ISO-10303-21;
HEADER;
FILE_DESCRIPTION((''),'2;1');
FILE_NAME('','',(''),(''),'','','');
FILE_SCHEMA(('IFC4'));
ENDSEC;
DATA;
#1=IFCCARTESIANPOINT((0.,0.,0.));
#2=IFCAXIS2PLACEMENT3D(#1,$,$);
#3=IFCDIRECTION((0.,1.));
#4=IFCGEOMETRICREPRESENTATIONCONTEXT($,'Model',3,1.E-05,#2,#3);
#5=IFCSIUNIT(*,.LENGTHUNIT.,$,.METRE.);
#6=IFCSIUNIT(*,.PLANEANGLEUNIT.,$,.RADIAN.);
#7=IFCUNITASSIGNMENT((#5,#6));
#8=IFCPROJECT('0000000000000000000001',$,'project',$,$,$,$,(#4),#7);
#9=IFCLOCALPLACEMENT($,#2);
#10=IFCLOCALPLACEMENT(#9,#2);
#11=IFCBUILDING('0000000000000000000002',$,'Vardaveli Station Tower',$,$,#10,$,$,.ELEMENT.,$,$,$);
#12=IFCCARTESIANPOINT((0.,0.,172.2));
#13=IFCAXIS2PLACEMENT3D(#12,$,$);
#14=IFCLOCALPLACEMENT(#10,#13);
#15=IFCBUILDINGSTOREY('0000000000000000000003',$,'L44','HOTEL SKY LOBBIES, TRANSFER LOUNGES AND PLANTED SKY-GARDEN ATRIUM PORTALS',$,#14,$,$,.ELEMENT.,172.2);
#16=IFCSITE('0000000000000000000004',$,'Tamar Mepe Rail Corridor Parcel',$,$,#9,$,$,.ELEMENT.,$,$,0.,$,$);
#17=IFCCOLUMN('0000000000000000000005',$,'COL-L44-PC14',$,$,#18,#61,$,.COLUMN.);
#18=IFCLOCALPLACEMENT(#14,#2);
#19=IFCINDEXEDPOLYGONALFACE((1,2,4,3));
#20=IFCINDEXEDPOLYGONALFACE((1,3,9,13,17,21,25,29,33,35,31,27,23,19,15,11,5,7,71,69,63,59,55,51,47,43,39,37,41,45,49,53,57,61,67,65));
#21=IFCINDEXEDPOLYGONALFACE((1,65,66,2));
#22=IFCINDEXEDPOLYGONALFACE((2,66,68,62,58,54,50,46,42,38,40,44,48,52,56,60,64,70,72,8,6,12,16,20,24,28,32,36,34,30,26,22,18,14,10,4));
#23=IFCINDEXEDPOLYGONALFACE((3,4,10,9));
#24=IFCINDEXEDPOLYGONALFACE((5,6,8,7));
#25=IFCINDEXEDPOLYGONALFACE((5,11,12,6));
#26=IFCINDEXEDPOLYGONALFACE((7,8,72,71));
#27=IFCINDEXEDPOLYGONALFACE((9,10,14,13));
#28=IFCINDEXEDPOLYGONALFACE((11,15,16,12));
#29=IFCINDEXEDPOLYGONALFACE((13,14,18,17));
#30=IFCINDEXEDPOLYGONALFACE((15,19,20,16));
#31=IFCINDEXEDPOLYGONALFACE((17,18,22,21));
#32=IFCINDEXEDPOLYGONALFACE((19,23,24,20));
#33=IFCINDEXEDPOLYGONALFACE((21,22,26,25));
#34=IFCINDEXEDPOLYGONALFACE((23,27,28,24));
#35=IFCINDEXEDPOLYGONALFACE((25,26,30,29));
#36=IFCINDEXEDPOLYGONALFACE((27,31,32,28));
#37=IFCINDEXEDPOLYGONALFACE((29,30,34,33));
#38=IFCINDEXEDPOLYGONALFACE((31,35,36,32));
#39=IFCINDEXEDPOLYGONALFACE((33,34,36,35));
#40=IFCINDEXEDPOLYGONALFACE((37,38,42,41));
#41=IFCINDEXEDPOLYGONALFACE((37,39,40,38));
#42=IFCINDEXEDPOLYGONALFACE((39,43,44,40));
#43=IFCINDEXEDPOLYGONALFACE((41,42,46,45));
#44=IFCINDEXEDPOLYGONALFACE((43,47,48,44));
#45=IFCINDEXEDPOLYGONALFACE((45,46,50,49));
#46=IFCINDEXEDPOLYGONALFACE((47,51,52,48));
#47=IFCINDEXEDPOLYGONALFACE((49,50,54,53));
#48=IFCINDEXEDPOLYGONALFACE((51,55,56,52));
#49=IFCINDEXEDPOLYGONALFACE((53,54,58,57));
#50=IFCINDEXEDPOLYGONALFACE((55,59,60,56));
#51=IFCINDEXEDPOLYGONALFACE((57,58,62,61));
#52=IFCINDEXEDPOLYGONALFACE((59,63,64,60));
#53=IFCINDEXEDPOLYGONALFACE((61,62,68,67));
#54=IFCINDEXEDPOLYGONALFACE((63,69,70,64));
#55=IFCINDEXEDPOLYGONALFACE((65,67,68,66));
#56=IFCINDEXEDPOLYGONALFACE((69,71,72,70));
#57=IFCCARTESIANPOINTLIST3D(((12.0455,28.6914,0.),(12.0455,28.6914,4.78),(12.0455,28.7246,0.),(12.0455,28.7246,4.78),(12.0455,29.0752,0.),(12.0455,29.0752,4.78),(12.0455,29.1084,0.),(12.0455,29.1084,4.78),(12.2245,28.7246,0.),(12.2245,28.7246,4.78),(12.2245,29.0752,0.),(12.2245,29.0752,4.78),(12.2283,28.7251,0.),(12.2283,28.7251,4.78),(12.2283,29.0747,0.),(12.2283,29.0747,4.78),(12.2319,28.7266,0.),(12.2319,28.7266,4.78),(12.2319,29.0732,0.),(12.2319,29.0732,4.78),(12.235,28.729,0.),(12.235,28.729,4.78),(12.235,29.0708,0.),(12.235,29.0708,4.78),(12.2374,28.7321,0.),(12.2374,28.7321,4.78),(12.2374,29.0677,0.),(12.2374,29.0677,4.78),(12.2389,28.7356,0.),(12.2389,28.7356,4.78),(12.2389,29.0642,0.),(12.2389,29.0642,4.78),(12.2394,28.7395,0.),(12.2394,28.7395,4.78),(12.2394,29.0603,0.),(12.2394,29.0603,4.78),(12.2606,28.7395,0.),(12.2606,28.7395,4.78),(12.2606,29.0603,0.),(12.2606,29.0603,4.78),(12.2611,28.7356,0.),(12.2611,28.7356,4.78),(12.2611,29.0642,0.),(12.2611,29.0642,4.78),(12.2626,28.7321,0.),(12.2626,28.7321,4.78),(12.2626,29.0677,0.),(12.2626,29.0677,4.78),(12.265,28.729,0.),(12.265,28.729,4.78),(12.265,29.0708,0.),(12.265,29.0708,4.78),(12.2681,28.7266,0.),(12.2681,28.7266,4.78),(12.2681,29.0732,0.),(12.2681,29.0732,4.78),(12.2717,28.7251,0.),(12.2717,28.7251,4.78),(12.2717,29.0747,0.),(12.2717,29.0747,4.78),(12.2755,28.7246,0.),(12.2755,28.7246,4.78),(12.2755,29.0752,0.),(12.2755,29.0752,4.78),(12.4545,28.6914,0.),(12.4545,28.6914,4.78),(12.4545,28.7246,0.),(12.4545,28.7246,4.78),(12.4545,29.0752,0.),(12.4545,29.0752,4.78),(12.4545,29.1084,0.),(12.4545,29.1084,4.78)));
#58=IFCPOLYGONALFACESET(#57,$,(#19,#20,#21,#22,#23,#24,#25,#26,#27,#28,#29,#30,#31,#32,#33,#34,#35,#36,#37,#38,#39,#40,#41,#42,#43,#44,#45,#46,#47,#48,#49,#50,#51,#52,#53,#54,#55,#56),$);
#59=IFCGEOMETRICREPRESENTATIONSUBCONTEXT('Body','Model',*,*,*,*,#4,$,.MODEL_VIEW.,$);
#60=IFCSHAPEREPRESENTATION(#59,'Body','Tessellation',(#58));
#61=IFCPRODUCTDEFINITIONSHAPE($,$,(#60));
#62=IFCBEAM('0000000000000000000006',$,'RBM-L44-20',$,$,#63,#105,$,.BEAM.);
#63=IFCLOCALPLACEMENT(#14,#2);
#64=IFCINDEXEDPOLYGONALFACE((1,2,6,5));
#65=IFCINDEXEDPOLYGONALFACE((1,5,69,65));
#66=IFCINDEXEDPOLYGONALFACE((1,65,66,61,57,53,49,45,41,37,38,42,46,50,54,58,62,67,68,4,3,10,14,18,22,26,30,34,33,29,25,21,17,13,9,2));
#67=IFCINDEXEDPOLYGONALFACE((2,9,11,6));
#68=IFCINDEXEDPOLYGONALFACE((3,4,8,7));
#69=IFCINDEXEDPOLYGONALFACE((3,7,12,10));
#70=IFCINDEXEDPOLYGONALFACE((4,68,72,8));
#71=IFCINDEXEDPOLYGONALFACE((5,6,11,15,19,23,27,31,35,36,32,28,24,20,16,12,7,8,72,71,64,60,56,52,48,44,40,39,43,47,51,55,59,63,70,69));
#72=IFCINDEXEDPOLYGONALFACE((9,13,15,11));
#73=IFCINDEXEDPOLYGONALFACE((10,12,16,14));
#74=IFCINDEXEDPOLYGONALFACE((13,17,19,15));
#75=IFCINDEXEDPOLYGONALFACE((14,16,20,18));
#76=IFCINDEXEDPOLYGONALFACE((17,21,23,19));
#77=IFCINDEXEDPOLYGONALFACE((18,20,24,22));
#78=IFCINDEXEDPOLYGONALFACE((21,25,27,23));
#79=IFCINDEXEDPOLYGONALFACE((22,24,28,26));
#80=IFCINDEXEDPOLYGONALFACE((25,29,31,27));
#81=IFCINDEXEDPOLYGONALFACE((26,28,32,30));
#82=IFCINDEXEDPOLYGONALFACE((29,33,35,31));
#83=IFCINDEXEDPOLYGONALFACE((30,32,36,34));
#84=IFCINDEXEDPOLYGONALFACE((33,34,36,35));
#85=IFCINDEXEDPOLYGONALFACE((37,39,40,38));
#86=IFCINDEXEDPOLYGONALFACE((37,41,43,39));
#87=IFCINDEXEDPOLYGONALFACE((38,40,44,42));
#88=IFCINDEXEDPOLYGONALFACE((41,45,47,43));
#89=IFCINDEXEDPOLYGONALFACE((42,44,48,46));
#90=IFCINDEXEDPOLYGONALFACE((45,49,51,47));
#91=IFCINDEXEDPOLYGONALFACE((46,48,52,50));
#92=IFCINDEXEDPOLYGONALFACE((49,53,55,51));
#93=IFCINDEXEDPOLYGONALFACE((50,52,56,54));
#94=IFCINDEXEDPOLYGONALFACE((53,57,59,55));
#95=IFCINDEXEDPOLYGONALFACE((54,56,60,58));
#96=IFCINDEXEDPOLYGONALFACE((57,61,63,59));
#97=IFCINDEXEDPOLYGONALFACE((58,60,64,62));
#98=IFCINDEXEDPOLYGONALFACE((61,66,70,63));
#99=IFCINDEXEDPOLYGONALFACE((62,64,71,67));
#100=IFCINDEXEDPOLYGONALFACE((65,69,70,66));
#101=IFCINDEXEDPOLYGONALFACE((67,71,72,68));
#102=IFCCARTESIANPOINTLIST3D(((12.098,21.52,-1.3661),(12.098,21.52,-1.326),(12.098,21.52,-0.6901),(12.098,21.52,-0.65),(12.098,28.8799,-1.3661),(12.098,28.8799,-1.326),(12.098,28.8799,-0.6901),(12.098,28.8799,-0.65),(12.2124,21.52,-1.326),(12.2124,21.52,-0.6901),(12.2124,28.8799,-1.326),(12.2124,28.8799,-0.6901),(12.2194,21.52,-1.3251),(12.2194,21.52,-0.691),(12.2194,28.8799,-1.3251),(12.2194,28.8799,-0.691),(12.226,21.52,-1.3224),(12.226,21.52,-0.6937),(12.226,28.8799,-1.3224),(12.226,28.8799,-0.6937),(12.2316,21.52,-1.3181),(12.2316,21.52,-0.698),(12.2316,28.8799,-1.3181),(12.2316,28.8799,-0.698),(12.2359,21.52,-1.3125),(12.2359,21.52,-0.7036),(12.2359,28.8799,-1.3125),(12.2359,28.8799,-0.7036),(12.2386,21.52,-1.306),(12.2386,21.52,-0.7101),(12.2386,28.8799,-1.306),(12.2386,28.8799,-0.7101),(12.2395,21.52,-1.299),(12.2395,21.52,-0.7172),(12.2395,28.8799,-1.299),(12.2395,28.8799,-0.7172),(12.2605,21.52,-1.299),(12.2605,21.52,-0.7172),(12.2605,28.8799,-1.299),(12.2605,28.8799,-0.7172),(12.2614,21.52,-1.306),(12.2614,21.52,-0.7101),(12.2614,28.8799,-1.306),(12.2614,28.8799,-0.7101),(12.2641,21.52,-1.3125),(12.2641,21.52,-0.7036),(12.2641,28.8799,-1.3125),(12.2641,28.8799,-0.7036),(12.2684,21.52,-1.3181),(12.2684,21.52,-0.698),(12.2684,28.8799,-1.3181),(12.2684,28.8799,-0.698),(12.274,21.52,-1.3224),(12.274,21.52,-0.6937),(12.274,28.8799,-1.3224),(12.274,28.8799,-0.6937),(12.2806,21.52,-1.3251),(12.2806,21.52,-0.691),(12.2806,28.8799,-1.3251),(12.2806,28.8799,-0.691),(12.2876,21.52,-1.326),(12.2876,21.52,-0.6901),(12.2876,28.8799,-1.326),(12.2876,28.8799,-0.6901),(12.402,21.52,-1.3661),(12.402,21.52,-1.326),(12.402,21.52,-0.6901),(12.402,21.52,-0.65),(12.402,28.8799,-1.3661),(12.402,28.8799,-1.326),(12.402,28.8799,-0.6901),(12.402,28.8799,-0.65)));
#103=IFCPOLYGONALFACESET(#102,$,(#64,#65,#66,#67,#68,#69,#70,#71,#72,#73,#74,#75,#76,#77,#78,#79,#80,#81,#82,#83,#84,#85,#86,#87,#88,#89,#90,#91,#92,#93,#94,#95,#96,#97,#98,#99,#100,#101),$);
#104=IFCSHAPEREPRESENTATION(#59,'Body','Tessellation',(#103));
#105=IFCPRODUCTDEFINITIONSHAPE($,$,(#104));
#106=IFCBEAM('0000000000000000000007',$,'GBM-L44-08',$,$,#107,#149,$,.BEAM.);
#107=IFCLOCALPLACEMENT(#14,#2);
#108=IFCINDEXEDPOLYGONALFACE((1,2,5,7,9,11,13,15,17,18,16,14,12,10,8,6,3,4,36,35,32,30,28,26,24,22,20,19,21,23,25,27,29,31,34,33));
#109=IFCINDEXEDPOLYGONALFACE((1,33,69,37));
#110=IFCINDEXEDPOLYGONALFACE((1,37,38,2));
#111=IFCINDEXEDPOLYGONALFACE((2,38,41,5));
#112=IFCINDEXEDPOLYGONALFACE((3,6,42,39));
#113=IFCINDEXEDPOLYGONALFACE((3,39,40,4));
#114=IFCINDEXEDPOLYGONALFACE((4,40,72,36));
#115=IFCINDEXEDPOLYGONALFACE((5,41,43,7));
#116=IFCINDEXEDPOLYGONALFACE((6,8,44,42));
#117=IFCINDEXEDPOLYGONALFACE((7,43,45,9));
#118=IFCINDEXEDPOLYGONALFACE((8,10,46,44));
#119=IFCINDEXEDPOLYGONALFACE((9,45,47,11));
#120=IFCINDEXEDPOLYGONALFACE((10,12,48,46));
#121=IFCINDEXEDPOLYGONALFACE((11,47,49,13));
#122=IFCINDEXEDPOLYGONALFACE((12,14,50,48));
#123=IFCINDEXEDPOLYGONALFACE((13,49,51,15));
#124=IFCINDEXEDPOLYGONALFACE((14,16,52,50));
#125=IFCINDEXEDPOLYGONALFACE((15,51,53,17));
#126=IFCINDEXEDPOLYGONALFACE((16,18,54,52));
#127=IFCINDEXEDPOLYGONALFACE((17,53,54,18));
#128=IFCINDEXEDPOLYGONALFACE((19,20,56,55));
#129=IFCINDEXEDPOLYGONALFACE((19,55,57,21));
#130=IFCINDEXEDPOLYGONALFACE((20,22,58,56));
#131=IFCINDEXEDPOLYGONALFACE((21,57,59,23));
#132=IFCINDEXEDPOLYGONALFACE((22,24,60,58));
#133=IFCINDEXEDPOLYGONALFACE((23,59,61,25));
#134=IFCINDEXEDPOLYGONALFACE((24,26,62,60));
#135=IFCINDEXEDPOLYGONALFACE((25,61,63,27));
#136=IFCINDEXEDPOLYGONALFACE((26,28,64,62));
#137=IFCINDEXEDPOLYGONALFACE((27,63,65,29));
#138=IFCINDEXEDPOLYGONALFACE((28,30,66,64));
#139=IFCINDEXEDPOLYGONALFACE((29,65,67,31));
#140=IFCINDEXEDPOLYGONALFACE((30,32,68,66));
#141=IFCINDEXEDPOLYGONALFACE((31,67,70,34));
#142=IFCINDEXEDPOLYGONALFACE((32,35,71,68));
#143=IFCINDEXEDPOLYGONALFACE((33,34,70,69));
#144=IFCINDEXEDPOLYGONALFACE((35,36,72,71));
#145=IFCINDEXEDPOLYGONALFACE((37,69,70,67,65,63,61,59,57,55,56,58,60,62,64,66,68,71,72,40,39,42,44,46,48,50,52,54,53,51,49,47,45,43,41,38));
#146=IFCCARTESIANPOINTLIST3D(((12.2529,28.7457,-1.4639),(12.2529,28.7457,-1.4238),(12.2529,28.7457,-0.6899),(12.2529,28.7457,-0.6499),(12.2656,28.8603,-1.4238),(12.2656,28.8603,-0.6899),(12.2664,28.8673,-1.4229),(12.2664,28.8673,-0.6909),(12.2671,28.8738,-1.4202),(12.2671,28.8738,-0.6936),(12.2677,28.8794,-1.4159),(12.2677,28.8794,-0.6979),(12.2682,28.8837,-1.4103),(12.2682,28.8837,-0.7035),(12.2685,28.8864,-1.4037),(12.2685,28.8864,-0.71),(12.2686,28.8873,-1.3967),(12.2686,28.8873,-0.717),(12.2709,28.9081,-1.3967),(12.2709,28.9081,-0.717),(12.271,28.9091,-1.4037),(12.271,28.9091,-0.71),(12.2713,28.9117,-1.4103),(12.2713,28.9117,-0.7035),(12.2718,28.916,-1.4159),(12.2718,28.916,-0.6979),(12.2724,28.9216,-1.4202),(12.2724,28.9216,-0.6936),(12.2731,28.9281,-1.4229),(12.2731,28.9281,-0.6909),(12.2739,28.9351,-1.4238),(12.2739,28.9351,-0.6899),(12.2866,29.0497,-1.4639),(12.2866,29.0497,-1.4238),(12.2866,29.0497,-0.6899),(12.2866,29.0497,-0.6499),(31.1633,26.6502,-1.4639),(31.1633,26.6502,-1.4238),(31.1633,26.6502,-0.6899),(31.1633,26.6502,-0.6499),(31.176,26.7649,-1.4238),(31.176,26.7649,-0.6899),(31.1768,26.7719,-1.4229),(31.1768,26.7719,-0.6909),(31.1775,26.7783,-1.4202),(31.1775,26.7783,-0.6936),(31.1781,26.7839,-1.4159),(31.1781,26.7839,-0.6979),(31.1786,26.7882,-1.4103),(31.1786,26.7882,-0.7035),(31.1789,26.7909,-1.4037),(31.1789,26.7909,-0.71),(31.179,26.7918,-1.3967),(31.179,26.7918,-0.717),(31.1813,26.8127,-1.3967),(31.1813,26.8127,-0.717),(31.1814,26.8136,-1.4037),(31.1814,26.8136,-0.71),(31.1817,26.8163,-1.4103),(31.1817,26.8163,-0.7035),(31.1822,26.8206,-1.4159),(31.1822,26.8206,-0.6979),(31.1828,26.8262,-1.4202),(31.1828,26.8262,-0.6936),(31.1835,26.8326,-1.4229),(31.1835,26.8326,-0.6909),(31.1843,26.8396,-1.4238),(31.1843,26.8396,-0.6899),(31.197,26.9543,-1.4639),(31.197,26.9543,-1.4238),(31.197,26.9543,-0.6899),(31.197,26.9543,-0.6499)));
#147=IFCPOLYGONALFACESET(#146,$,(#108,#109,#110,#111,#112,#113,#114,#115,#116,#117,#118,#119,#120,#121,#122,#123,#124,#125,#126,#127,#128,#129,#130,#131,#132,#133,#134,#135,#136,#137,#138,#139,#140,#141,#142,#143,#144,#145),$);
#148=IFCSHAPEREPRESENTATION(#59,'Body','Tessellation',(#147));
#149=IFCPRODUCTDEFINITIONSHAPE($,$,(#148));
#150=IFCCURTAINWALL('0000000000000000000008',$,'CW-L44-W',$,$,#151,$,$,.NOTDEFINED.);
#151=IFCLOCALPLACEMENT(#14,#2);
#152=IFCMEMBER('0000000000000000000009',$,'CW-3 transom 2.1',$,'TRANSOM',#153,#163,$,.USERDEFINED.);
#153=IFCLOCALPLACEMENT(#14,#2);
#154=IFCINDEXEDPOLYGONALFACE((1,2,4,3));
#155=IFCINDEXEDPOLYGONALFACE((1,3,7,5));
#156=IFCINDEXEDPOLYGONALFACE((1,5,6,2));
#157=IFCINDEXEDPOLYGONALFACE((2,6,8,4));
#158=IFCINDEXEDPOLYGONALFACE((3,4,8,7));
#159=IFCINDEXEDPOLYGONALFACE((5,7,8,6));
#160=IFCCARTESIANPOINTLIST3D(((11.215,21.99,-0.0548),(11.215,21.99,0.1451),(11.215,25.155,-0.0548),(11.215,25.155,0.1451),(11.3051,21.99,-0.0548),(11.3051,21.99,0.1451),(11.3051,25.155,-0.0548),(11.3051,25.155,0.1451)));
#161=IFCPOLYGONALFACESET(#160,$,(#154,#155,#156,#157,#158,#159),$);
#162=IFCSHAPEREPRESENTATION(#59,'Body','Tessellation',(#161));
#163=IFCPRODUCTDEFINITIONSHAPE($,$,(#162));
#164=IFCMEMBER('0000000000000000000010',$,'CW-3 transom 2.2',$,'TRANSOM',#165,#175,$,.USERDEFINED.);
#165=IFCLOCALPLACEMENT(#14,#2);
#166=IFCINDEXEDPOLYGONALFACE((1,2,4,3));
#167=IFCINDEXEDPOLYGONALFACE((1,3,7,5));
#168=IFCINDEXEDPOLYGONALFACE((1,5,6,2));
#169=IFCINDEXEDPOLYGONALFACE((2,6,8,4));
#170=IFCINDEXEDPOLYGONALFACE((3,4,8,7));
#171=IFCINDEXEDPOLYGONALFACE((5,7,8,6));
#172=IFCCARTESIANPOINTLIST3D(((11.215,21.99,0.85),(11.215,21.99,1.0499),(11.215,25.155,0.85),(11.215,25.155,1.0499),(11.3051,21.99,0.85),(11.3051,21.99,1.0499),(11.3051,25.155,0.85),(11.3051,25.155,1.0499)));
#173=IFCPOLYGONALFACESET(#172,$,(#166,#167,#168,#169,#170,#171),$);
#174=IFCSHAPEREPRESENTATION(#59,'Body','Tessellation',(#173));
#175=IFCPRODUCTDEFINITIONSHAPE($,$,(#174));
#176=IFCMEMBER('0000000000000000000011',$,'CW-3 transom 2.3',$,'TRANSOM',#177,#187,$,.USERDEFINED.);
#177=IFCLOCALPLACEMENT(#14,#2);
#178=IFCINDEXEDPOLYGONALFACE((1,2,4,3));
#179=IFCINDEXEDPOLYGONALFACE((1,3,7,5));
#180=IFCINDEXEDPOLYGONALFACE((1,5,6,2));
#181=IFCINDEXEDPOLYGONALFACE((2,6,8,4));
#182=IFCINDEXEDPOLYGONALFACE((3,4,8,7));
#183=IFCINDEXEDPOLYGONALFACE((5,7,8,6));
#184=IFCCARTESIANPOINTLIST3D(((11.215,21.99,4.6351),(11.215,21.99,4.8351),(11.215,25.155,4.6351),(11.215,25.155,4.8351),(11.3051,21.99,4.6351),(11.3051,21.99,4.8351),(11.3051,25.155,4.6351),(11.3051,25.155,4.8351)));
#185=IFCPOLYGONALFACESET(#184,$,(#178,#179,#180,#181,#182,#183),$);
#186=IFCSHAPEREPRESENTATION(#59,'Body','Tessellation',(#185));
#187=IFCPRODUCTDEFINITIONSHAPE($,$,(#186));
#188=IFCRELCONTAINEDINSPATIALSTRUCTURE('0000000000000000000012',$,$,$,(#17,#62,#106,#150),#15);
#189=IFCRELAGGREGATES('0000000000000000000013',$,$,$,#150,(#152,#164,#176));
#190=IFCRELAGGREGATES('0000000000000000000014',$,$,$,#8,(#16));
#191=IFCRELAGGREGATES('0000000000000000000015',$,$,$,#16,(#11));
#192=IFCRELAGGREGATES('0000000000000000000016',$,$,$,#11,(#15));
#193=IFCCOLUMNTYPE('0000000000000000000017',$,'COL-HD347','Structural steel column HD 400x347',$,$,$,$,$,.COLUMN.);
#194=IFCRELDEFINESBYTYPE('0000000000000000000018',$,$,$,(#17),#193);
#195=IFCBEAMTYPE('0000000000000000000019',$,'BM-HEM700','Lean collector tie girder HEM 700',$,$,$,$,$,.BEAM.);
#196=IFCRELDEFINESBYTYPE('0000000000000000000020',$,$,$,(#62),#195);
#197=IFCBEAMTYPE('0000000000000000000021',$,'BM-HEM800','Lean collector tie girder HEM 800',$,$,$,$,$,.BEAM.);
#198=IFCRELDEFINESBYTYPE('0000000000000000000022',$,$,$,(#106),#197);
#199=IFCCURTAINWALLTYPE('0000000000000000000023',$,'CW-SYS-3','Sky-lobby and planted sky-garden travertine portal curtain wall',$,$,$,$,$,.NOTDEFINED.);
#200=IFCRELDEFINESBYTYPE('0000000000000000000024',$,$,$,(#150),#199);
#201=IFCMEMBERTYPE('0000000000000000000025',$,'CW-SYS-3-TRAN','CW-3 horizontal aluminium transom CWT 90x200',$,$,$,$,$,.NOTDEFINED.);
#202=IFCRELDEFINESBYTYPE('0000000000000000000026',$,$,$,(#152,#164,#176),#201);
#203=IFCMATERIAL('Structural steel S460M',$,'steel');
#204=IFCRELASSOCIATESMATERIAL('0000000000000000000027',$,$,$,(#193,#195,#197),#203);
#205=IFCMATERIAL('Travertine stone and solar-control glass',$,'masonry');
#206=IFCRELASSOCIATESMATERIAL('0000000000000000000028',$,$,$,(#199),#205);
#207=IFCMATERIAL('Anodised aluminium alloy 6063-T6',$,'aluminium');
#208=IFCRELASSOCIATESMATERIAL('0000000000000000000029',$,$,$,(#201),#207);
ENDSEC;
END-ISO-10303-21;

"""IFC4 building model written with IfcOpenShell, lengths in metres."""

from ifc_helpers import new_model, si_unit, direction, frame, origin, origin_2d, place, context, subcontext, project, spatial, rectangle, i_section, extrude, source, transform, mapped, material, material_profile, profile_set, type_object, element, aggregate, save


model = new_model("IFC4")

# Units and contexts
model_context = context("Model", 3, precision=1e-05, world=origin(), true_north=direction((0.0, 1.0)))
body_context = subcontext(model_context, "Body", "Model", "MODEL_VIEW")
ifc_project = project(units=[si_unit("LENGTHUNIT", "METRE"), si_unit("PLANEANGLEUNIT", "RADIAN")], contexts=[model_context])

# Site, building, storey
site_placement = place(None, origin())
site = spatial("IfcSite", under=ifc_project, at=site_placement, Name="Tamar Mepe Rail Corridor Parcel", CompositionType="ELEMENT", RefElevation=0.0)
building_placement = place(site_placement, origin())
building = spatial("IfcBuilding", under=site, at=building_placement, Name="Vardaveli Station Tower", CompositionType="ELEMENT")
storey_placement = place(building_placement, frame((0.0, 0.0, 172.2)))
storey = spatial("IfcBuildingStorey", under=building, at=storey_placement, Name="L44", Description="HOTEL SKY LOBBIES, TRANSFER LOUNGES AND PLANTED SKY-GARDEN ATRIUM PORTALS", CompositionType="ELEMENT", Elevation=172.2)

# Column
ifc_material_1 = material(Name="Structural steel S460M", Category="steel")
ifc_material_profile_1 = material_profile(ifc_material_1, i_section(OverallWidth=0.4089, OverallDepth=0.417, WebThickness=0.0212, FlangeThickness=0.0332, FilletRadius=0.0149, at=origin_2d()), Name="HD 400x347")
ifc_profile_set_1 = profile_set([ifc_material_profile_1], Name="Structural steel S460M")
column_type = type_object("IfcColumnType", Name="COL-HD347", Description="Structural steel column HD 400x347", PredefinedType="COLUMN", material=ifc_profile_set_1)
shared_shape_1 = source(origin(), body_context, "Body", "SweptSolid", [
    extrude(i_section(OverallWidth=0.4089, OverallDepth=0.417, WebThickness=0.0212, FlangeThickness=0.0332, FilletRadius=0.0149, at=origin_2d()), origin(), (0.0, 0.0, 1.0), 4.78),
])
column_placement = place(storey_placement, frame((12.25, 28.8999, 0.0), z_axis=(0.0, 0.0, 1.0), x_axis=(1.0, 0.0, 0.0)))
element("IfcColumn", 1, at=column_placement, inside=storey, type_object=column_type, Name="COL-L44-PC14", PredefinedType="COLUMN", context=body_context, shape_type="MappedRepresentation", body=[
    mapped(shared_shape_1, transform((0.0, 0.0, 0.0), scale=1.0)),
])

# Beams
ifc_material_profile_2 = material_profile(ifc_material_1, i_section(OverallWidth=0.304, OverallDepth=0.7161, WebThickness=0.021, FlangeThickness=0.04, FilletRadius=0.0271, at=origin_2d()), Name="HEM 700")
ifc_profile_set_2 = profile_set([ifc_material_profile_2], Name="Structural steel S460M")
beam_type_1 = type_object("IfcBeamType", Name="BM-HEM700", Description="Lean collector tie girder HEM 700", PredefinedType="BEAM", material=ifc_profile_set_2)
shared_shape_2 = source(origin(), body_context, "Body", "SweptSolid", [
    extrude(i_section(OverallWidth=0.304, OverallDepth=0.7161, WebThickness=0.021, FlangeThickness=0.04, FilletRadius=0.0271, at=origin_2d()), origin(), (0.0, 0.0, 1.0), 7.3599),
])
beam_1_placement = place(storey_placement, frame((12.25, 28.8799, -1.0081), z_axis=(0.0, -1.0, 0.0), x_axis=(1.0, 0.0, 0.0)))
element("IfcBeam", 2, at=beam_1_placement, inside=storey, type_object=beam_type_1, Name="RBM-L44-20", PredefinedType="BEAM", context=body_context, shape_type="MappedRepresentation", body=[
    mapped(shared_shape_2, transform((0.0, 0.0, 0.0), scale=1.0)),
])
ifc_material_profile_3 = material_profile(ifc_material_1, i_section(OverallWidth=0.3059, OverallDepth=0.814, WebThickness=0.021, FlangeThickness=0.04, FilletRadius=0.0271, at=origin_2d()), Name="HEM 800")
ifc_profile_set_3 = profile_set([ifc_material_profile_3], Name="Structural steel S460M")
beam_type_2 = type_object("IfcBeamType", Name="BM-HEM800", Description="Lean collector tie girder HEM 800", PredefinedType="BEAM", material=ifc_profile_set_3)
shared_shape_3 = source(origin(), body_context, "Body", "SweptSolid", [
    extrude(i_section(OverallWidth=0.3059, OverallDepth=0.814, WebThickness=0.021, FlangeThickness=0.04, FilletRadius=0.0271, at=origin_2d()), origin(), (0.0, 0.0, 1.0), 19.0261),
])
beam_2_placement = place(storey_placement, frame((12.2698, 28.8977, -1.0569), z_axis=(0.993917, -0.110136, 0.0), x_axis=(0.110136, 0.993917, 0.0)))
element("IfcBeam", 3, at=beam_2_placement, inside=storey, type_object=beam_type_2, Name="GBM-L44-08", PredefinedType="BEAM", context=body_context, shape_type="MappedRepresentation", body=[
    mapped(shared_shape_3, transform((0.0, 0.0, 0.0), scale=1.0)),
])

# Curtain wall, members
ifc_material_2 = material(Name="Travertine stone and solar-control glass", Category="masonry")
curtain_wall_type = type_object("IfcCurtainWallType", Name="CW-SYS-3", Description="Sky-lobby and planted sky-garden travertine portal curtain wall", PredefinedType="NOTDEFINED", material=ifc_material_2)
curtain_wall_placement = place(storey_placement, origin())
curtain_wall = element("IfcCurtainWall", 4, at=curtain_wall_placement, inside=storey, type_object=curtain_wall_type, Name="CW-L44-W", PredefinedType="NOTDEFINED")
ifc_material_3 = material(Name="Anodised aluminium alloy 6063-T6", Category="aluminium")
ifc_material_profile_4 = material_profile(ifc_material_3, rectangle(XDim=0.0901, YDim=0.2, at=origin_2d()), Name="CWT 90x200")
ifc_profile_set_4 = profile_set([ifc_material_profile_4], Name="Anodised aluminium alloy 6063-T6")
member_type_1 = type_object("IfcMemberType", Name="CW-SYS-3-TRAN", Description="CW-3 horizontal aluminium transom CWT 90x200", PredefinedType="NOTDEFINED", material=ifc_profile_set_4)
shared_shape_4 = source(origin(), body_context, "Body", "SweptSolid", [
    extrude(rectangle(XDim=0.0901, YDim=0.2, at=origin_2d()), origin(), (0.0, 0.0, 1.0), 3.165),
])
member_1_placement = place(storey_placement, frame((11.26, 25.155, 0.0452), z_axis=(0.0, -1.0, 0.0), x_axis=(1.0, 0.0, 0.0)))
member_1 = element("IfcMember", 5, at=member_1_placement, type_object=member_type_1, Name="CW-3 transom 2.1", ObjectType="TRANSOM", PredefinedType="USERDEFINED", context=body_context, shape_type="MappedRepresentation", body=[
    mapped(shared_shape_4, transform((0.0, 0.0, 0.0), scale=1.0)),
])
member_2_placement = place(storey_placement, frame((11.26, 25.155, 0.95), z_axis=(0.0, -1.0, 0.0), x_axis=(1.0, 0.0, 0.0)))
member_2 = element("IfcMember", 6, at=member_2_placement, type_object=member_type_1, Name="CW-3 transom 2.2", ObjectType="TRANSOM", PredefinedType="USERDEFINED", context=body_context, shape_type="MappedRepresentation", body=[
    mapped(shared_shape_4, transform((0.0, 0.0, 0.0), scale=1.0)),
])
member_3_placement = place(storey_placement, frame((11.26, 25.155, 4.7351), z_axis=(0.0, -1.0, 0.0), x_axis=(1.0, 0.0, 0.0)))
member_3 = element("IfcMember", 7, at=member_3_placement, type_object=member_type_1, Name="CW-3 transom 2.3", ObjectType="TRANSOM", PredefinedType="USERDEFINED", context=body_context, shape_type="MappedRepresentation", body=[
    mapped(shared_shape_4, transform((0.0, 0.0, 0.0), scale=1.0)),
])
aggregate(curtain_wall, [member_1, member_2, member_3])

save(model, "model.ifc")
